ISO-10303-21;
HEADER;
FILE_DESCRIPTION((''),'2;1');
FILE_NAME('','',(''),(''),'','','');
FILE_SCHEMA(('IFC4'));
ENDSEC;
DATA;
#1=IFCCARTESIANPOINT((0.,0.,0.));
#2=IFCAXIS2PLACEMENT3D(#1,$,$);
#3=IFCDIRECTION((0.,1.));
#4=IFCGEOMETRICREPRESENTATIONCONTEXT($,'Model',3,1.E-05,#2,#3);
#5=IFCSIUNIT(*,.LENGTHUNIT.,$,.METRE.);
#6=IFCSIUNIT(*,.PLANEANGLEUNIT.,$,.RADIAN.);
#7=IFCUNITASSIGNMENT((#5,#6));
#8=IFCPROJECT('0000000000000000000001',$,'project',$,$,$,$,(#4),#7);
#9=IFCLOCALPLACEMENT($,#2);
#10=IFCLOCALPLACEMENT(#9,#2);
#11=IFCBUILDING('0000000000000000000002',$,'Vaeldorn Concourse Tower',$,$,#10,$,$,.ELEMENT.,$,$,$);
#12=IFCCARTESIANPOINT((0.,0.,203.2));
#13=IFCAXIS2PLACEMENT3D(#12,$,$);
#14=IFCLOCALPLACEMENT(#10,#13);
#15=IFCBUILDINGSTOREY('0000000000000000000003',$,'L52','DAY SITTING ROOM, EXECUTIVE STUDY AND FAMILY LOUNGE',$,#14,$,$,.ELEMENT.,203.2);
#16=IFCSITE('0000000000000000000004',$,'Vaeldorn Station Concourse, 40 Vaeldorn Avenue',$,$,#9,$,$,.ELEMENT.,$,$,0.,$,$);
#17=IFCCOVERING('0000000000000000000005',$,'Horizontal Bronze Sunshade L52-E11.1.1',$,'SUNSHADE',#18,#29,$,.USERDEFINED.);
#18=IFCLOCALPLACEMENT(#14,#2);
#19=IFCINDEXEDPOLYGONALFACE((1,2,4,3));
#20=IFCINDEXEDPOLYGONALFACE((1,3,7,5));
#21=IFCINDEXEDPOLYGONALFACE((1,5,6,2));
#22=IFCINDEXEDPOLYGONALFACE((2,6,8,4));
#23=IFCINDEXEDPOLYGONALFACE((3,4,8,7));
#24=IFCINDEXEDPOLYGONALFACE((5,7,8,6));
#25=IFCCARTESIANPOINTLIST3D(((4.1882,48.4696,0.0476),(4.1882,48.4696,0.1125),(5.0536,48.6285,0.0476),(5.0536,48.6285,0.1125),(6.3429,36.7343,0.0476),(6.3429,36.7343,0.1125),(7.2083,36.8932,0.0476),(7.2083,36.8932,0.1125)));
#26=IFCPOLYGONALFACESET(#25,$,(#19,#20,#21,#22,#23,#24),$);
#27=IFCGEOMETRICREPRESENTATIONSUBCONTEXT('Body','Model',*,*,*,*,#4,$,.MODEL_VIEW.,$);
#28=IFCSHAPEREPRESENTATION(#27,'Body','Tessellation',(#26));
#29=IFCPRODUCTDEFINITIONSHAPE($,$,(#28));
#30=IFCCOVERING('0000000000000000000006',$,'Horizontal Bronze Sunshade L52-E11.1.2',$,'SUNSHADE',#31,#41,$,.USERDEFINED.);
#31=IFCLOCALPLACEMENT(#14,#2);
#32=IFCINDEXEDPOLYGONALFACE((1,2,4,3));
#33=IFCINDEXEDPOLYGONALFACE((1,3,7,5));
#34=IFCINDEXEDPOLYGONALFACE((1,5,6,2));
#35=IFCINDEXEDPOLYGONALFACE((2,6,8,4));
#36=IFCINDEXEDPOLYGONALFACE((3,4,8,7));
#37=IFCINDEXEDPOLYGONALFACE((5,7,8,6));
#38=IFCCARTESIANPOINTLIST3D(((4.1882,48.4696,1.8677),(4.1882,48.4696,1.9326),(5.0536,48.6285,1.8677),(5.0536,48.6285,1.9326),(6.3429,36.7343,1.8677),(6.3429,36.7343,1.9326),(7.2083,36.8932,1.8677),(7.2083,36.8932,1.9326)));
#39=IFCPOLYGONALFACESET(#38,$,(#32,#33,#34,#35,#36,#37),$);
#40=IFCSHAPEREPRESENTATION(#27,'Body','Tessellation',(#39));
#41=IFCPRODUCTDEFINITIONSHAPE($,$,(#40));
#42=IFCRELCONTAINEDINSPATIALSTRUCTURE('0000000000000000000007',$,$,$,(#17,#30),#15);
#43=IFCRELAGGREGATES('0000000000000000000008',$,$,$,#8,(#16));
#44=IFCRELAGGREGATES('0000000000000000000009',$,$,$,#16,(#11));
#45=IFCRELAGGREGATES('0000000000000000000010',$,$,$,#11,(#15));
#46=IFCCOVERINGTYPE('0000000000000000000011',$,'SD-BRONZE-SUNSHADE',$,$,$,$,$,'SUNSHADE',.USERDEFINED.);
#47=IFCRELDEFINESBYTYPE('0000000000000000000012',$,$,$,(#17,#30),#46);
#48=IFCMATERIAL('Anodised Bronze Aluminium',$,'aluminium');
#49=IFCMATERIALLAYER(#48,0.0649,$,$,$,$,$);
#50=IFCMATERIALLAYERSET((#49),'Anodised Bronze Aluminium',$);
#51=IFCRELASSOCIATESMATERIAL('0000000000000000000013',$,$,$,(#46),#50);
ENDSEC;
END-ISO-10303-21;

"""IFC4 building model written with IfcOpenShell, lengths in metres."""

from ifc_helpers import new_model, si_unit, direction, frame, origin, origin_2d, place, context, subcontext, project, spatial, rectangle, extrude, source, transform, mapped, material, layer, layer_set, type_object, element, save


model = new_model("IFC4")

# Units and contexts
model_context = context("Model", 3, precision=1e-05, world=origin(), true_north=direction((0.0, 1.0)))
body_context = subcontext(model_context, "Body", "Model", "MODEL_VIEW")
ifc_project = project(units=[si_unit("LENGTHUNIT", "METRE"), si_unit("PLANEANGLEUNIT", "RADIAN")], contexts=[model_context])

# Site, building, storey
site_placement = place(None, origin())
site = spatial("IfcSite", under=ifc_project, at=site_placement, Name="Vaeldorn Station Concourse, 40 Vaeldorn Avenue", CompositionType="ELEMENT", RefElevation=0.0)
building_placement = place(site_placement, origin())
building = spatial("IfcBuilding", under=site, at=building_placement, Name="Vaeldorn Concourse Tower", CompositionType="ELEMENT")
storey_placement = place(building_placement, frame((0.0, 0.0, 203.2)))
storey = spatial("IfcBuildingStorey", under=building, at=storey_placement, Name="L52", Description="DAY SITTING ROOM, EXECUTIVE STUDY AND FAMILY LOUNGE", CompositionType="ELEMENT", Elevation=203.2)

# Shared definitions
ifc_material_1 = material(Name="Anodised Bronze Aluminium", Category="aluminium")

# Coverings
ifc_layer_1 = layer(ifc_material_1, 0.0649)
ifc_layer_set_1 = layer_set([ifc_layer_1], Name="Anodised Bronze Aluminium")
covering_type = type_object("IfcCoveringType", Name="SD-BRONZE-SUNSHADE", ElementType="SUNSHADE", PredefinedType="USERDEFINED", material=ifc_layer_set_1)
shared_shape_1 = source(origin(), body_context, "Body", "SweptSolid", [
    extrude(rectangle(XDim=11.9314, YDim=0.8799, at=origin_2d()), origin(), (0.0, 0.0, 1.0), 0.0649),
])
for number, where, z_axis, x_axis, name in (
    (1, (5.6982, 42.6814, 0.0476), (0.0, 0.0, 1.0), (0.180588, -0.983559, 0.0), "Horizontal Bronze Sunshade L52-E11.1.1"),
    (2, (5.6982, 42.6814, 1.8677), (0.0, 0.0, 1.0), (0.180588, -0.983559, 0.0), "Horizontal Bronze Sunshade L52-E11.1.2"),
):
    element("IfcCovering", number, at=place(storey_placement, frame(where, z_axis=z_axis, x_axis=x_axis)), inside=storey, type_object=covering_type, Name=name, ObjectType="SUNSHADE", PredefinedType="USERDEFINED", context=body_context, shape_type="MappedRepresentation", body=[
        mapped(shared_shape_1, transform((0.0, 0.0, 0.0), scale=1.0)),
    ])

save(model, "model.ifc")
